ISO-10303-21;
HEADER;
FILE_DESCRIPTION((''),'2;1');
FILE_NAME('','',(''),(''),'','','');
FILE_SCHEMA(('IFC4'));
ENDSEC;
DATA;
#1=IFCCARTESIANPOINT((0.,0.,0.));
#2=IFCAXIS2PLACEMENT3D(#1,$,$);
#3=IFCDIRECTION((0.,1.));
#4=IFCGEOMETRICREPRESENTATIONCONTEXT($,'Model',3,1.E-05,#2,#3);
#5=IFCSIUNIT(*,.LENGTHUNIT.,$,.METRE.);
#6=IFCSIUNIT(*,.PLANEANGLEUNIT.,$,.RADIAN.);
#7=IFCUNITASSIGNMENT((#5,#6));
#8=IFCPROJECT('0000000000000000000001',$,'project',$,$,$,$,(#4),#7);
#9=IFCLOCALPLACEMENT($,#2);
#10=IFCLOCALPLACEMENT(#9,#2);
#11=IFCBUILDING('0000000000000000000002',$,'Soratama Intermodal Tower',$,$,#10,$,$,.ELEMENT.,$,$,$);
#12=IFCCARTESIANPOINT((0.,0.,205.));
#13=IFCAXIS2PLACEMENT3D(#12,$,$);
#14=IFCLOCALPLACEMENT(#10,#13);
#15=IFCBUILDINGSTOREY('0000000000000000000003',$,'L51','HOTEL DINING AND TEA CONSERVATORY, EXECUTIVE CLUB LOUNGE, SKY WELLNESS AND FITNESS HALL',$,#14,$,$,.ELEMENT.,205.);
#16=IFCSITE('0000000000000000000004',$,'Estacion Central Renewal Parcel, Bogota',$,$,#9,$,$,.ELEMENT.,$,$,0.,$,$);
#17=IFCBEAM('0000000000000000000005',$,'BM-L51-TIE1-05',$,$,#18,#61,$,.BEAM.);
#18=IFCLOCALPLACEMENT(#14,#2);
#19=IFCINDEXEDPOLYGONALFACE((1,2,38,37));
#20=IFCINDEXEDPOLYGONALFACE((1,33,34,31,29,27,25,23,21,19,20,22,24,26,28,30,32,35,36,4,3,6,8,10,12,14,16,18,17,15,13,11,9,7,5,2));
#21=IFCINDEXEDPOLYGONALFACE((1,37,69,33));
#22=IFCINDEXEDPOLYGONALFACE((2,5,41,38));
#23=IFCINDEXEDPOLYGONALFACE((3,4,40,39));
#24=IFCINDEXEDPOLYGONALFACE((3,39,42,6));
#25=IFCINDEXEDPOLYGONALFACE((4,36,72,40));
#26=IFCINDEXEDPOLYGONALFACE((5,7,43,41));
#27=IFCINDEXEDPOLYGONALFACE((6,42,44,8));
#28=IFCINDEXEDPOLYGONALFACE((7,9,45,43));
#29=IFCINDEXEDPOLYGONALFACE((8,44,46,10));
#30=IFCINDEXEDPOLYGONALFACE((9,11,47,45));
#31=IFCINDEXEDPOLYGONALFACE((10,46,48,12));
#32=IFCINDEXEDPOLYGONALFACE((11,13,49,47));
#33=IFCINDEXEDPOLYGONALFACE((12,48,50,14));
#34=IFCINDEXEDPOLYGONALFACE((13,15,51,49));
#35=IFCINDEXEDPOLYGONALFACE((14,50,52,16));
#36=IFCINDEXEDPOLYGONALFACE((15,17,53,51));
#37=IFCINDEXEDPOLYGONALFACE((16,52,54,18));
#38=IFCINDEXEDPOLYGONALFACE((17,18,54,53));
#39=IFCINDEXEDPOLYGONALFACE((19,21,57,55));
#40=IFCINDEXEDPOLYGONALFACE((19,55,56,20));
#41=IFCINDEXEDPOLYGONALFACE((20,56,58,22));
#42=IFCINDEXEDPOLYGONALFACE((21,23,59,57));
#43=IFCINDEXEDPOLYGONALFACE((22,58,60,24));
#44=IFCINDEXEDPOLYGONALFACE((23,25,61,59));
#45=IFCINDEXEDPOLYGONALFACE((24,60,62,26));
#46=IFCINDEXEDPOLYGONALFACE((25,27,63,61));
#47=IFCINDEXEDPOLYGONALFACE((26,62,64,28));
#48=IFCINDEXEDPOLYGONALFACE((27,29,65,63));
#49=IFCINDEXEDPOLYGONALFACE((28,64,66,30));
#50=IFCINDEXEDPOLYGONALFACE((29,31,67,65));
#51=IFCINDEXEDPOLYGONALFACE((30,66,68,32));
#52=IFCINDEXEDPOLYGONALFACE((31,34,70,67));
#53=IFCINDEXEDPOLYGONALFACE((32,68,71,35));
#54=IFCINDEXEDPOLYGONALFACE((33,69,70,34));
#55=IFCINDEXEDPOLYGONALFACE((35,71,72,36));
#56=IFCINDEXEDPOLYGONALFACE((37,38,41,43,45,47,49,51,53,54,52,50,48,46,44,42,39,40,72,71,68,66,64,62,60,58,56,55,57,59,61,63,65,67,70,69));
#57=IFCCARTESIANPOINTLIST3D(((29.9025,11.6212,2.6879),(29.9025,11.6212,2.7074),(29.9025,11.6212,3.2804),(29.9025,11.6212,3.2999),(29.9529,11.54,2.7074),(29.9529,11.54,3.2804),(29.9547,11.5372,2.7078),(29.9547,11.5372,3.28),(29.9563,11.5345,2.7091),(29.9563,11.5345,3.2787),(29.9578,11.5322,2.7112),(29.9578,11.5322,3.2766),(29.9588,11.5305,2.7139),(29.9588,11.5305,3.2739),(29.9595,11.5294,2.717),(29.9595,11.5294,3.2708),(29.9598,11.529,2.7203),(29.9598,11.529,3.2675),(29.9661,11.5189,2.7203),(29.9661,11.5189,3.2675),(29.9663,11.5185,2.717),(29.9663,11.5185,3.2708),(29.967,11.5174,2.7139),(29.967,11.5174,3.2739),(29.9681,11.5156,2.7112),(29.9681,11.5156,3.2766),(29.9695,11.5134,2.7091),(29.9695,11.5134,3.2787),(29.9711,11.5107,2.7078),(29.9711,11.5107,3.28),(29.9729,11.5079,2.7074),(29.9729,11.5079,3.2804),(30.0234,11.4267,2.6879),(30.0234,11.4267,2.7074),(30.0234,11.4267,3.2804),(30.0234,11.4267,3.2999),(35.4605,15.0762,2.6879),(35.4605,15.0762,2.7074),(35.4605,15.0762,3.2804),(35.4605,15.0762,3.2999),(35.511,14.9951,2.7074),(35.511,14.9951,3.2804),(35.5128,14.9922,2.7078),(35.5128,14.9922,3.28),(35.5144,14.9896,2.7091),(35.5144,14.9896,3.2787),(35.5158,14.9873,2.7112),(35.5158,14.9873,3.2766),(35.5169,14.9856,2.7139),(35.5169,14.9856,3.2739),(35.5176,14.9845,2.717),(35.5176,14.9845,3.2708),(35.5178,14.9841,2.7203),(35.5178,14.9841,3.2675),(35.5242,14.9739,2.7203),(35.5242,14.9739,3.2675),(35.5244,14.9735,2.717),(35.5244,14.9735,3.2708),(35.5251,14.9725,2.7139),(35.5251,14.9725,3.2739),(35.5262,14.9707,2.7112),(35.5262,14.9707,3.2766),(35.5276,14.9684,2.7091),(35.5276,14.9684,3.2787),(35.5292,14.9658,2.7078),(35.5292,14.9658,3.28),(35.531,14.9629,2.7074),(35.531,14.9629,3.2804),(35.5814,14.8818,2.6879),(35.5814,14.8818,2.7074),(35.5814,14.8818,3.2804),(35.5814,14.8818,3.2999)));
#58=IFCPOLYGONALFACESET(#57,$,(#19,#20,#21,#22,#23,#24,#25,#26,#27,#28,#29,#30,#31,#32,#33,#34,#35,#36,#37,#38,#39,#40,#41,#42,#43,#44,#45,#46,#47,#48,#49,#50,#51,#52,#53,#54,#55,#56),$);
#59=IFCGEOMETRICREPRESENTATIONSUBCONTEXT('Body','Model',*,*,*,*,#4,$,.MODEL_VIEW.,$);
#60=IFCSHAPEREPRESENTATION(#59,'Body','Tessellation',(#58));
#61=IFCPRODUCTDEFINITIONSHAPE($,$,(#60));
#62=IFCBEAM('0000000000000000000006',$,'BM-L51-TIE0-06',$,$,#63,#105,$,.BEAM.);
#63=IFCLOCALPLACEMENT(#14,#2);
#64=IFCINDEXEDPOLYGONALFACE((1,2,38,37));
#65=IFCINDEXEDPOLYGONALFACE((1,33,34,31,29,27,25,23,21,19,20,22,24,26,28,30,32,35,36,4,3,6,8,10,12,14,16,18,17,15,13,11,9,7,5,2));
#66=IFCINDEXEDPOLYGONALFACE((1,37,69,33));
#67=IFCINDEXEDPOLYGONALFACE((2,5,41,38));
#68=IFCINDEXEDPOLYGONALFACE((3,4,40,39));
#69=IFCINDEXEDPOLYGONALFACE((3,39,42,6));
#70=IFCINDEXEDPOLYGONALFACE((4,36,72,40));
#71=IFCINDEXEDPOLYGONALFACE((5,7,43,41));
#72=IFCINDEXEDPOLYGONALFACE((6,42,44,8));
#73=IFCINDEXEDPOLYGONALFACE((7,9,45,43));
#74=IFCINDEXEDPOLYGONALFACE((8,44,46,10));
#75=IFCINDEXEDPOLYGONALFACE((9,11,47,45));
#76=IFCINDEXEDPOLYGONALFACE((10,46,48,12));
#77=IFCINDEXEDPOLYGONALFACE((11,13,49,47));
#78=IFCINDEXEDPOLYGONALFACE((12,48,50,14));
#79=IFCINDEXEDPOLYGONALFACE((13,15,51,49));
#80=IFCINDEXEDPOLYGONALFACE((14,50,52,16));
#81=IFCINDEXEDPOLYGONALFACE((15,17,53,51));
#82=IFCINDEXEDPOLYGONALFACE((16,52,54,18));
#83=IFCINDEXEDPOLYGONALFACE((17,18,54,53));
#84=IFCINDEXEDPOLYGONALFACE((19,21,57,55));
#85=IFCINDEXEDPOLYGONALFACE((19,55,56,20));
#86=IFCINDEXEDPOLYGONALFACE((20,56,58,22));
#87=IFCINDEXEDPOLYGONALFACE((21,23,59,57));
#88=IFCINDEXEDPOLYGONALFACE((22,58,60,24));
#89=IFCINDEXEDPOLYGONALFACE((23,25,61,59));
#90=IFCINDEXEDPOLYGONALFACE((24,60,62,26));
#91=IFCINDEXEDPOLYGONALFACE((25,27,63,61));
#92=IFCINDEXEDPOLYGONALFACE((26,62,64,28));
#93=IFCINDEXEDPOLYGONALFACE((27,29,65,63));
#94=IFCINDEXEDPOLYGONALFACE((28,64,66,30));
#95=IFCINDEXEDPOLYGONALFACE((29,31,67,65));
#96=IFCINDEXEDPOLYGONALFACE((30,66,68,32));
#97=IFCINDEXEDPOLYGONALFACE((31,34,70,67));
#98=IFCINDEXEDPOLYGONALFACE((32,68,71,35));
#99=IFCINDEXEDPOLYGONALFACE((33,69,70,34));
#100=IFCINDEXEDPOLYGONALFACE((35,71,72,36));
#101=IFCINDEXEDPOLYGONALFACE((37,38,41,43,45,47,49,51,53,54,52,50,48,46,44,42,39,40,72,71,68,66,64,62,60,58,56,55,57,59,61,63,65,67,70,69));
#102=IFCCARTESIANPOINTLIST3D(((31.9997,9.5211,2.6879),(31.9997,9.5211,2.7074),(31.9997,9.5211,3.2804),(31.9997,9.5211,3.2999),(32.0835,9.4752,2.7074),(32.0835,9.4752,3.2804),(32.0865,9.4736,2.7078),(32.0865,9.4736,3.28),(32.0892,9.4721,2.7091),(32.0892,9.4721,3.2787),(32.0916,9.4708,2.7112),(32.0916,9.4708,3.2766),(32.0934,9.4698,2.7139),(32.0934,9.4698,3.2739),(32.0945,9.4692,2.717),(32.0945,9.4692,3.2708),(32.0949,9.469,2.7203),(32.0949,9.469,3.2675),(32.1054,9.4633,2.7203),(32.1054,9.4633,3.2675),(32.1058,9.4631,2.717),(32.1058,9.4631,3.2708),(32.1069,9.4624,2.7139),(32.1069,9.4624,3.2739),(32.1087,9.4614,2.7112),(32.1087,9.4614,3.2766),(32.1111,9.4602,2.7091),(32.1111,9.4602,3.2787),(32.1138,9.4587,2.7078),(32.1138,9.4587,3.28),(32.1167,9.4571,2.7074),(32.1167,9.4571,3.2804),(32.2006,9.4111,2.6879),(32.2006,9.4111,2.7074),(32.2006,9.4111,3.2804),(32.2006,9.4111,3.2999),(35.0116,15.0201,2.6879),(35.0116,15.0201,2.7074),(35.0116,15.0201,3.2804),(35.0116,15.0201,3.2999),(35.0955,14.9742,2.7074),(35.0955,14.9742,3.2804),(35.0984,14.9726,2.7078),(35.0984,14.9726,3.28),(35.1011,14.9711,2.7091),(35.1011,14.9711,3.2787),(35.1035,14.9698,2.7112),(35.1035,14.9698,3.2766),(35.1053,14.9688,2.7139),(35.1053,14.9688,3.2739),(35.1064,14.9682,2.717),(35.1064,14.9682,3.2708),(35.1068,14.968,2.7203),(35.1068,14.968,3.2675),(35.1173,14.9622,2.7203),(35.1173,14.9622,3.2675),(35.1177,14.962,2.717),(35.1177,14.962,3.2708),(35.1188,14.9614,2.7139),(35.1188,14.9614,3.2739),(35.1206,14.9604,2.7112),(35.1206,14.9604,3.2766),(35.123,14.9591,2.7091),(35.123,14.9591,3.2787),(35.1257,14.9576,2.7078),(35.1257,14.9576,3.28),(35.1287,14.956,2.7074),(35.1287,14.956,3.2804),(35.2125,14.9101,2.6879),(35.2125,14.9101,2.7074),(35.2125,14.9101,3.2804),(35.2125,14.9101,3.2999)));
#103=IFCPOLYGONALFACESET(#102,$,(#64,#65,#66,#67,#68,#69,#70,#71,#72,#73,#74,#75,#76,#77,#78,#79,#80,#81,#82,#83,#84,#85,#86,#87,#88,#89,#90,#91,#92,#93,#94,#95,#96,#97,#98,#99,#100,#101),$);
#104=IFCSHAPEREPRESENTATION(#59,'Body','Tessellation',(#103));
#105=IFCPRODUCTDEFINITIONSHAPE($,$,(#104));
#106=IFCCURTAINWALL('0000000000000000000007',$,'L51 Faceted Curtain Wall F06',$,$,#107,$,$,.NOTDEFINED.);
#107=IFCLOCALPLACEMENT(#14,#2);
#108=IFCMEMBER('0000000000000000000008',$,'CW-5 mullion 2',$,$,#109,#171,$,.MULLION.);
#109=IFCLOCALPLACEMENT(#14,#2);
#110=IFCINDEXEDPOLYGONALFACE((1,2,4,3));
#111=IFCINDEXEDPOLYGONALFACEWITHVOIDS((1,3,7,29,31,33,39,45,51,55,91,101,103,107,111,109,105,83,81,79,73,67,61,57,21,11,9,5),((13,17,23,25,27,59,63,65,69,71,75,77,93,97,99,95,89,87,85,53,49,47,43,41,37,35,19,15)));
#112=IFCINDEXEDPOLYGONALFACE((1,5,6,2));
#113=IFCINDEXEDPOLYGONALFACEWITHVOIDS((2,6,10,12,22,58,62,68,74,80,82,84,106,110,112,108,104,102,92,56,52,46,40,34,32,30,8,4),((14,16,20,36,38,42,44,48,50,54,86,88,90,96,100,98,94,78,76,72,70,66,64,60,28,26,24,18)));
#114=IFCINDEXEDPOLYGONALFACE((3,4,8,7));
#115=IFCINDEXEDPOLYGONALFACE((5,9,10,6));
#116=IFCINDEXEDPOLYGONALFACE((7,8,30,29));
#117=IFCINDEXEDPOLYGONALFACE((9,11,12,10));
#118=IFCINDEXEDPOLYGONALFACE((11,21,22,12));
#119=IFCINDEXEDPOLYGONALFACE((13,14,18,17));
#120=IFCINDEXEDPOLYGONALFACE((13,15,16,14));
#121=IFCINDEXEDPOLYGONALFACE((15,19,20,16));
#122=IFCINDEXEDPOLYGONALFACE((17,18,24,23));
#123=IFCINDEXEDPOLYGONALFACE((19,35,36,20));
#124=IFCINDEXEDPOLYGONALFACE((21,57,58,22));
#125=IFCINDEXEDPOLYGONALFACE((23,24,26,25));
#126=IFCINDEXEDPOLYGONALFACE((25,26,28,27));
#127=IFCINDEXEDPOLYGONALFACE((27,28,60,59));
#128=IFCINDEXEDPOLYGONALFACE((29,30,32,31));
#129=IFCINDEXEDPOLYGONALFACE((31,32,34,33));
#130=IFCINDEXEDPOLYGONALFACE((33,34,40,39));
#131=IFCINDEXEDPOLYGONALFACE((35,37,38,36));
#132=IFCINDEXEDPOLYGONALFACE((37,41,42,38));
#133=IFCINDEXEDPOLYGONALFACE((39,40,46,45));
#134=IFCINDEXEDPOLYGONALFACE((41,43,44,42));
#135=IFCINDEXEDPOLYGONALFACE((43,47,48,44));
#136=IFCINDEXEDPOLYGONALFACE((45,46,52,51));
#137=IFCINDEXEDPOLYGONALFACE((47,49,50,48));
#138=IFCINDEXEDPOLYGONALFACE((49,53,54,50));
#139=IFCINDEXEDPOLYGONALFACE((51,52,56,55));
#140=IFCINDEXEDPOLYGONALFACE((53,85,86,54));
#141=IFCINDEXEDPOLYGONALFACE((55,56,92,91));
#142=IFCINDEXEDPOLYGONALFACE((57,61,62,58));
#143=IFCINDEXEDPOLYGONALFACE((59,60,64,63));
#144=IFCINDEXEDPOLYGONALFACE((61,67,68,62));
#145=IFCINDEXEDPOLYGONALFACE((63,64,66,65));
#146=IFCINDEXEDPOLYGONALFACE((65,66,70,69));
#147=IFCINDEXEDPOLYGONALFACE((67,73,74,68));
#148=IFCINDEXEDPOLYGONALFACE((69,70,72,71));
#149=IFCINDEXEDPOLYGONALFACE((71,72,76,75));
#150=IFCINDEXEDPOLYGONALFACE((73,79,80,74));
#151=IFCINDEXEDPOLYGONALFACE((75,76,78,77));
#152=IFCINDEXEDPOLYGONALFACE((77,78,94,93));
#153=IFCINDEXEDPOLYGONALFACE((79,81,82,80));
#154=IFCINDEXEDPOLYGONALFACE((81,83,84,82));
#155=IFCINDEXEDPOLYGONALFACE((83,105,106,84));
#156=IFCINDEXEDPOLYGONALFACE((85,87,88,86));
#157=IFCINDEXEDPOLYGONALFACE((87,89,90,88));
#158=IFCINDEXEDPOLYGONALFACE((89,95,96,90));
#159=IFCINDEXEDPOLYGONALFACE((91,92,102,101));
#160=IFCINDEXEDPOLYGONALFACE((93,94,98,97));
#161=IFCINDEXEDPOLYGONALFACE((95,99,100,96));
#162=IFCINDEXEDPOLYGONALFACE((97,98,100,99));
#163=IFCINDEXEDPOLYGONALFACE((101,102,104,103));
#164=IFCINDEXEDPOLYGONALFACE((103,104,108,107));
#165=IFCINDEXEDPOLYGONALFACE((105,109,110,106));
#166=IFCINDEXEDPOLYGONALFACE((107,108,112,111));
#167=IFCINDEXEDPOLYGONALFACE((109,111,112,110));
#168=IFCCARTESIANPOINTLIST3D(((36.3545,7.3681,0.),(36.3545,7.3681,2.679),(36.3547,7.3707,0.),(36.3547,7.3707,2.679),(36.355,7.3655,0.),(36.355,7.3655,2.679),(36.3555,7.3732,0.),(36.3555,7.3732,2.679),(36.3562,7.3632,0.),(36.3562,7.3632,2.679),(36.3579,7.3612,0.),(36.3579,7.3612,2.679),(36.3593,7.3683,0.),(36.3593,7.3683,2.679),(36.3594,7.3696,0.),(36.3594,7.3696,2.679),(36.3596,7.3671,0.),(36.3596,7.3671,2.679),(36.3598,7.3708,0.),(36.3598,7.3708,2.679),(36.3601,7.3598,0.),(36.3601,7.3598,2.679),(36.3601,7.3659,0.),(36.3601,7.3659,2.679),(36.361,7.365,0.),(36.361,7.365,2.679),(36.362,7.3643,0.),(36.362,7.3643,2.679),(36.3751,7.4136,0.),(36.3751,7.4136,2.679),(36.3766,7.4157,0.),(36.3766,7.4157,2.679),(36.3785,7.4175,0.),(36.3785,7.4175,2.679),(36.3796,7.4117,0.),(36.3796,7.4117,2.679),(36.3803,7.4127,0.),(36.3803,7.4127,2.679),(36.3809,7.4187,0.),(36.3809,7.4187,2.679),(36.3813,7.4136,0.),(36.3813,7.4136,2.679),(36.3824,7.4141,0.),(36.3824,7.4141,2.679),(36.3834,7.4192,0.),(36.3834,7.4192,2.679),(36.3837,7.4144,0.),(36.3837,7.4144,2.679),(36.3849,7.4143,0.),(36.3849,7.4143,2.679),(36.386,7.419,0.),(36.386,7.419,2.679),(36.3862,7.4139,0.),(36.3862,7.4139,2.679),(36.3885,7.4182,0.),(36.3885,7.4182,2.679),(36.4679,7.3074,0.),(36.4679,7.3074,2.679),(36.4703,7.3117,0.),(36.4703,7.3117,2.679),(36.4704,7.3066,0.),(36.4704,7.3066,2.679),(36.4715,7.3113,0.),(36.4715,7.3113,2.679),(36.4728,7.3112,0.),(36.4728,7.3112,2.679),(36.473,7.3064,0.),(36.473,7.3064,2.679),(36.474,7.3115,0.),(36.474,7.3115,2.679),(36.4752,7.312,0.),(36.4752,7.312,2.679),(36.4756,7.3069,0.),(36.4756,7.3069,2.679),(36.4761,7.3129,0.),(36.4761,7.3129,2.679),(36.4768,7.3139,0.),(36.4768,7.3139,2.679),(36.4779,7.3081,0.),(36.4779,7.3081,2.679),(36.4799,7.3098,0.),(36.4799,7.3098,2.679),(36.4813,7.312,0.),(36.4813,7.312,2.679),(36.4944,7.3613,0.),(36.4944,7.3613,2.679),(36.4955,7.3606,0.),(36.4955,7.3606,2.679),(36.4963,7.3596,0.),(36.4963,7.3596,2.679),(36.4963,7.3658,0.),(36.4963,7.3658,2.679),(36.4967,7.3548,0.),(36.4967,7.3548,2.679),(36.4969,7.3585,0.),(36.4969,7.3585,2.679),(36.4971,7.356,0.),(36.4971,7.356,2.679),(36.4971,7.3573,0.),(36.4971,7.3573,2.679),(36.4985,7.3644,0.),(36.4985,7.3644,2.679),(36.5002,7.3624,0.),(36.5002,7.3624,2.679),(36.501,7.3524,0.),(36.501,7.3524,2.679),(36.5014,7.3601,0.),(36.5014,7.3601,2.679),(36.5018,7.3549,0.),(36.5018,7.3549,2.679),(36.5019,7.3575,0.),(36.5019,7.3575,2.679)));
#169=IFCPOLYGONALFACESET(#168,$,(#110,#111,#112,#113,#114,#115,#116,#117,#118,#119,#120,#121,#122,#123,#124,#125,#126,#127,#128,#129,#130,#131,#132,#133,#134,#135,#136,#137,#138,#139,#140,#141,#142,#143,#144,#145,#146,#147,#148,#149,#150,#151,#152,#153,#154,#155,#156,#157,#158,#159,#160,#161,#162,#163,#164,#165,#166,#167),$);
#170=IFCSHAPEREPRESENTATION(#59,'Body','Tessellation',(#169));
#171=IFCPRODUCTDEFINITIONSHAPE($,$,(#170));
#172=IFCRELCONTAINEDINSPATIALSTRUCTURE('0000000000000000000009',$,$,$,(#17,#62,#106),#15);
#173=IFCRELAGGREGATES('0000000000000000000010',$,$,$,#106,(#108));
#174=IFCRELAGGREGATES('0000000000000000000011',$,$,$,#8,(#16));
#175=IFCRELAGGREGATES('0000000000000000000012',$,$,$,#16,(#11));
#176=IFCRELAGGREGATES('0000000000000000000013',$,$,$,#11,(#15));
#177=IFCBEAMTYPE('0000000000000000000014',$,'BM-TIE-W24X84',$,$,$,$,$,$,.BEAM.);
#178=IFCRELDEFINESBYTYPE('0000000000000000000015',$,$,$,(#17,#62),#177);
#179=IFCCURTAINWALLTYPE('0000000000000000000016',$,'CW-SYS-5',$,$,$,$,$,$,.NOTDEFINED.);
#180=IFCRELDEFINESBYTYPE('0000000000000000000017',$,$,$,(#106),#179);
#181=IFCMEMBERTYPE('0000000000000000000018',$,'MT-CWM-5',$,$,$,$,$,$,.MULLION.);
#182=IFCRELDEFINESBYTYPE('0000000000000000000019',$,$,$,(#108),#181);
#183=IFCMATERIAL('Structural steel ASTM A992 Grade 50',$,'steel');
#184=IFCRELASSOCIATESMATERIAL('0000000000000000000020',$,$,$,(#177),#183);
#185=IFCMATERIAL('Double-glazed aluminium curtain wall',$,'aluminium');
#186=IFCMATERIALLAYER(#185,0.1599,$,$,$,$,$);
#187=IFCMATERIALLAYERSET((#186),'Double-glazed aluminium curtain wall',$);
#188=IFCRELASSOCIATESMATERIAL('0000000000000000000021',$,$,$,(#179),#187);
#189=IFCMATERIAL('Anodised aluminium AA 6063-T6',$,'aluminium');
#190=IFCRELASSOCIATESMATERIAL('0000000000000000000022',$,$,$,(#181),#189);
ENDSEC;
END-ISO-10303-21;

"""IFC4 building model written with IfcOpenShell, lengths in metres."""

from ifc_helpers import new_model, si_unit, direction, frame, origin, origin_2d, place, context, subcontext, project, spatial, hollow_rectangle, i_section, extrude, material, layer, layer_set, material_profile, profile_set, type_object, element, aggregate, save


model = new_model("IFC4")

# Units and contexts
model_context = context("Model", 3, precision=1e-05, world=origin(), true_north=direction((0.0, 1.0)))
body_context = subcontext(model_context, "Body", "Model", "MODEL_VIEW")
ifc_project = project(units=[si_unit("LENGTHUNIT", "METRE"), si_unit("PLANEANGLEUNIT", "RADIAN")], contexts=[model_context])

# Site, building, storey
site_placement = place(None, origin())
site = spatial("IfcSite", under=ifc_project, at=site_placement, Name="Estacion Central Renewal Parcel, Bogota", CompositionType="ELEMENT", RefElevation=0.0)
building_placement = place(site_placement, origin())
building = spatial("IfcBuilding", under=site, at=building_placement, Name="Soratama Intermodal Tower", CompositionType="ELEMENT")
storey_placement = place(building_placement, frame((0.0, 0.0, 205.0)))
storey = spatial("IfcBuildingStorey", under=building, at=storey_placement, Name="L51", Description="HOTEL DINING AND TEA CONSERVATORY, EXECUTIVE CLUB LOUNGE, SKY WELLNESS AND FITNESS HALL", CompositionType="ELEMENT", Elevation=205.0)

# Beams
ifc_material_1 = material(Name="Structural steel ASTM A992 Grade 50", Category="steel")
ifc_material_profile_1 = material_profile(ifc_material_1, i_section(OverallWidth=0.229, OverallDepth=0.6121, WebThickness=0.012, FlangeThickness=0.0195, FilletRadius=0.0129, at=origin_2d()), Name="W24X84")
ifc_profile_set_1 = profile_set([ifc_material_profile_1], Name="Structural steel ASTM A992 Grade 50")
beam_type_1 = type_object("IfcBeamType", Name="BM-TIE-W24X84", PredefinedType="BEAM", material=ifc_profile_set_1)
beam_1_placement = place(storey_placement, frame((35.521, 14.979, 2.9939), z_axis=(-0.849283, -0.527938, 0.0), x_axis=(0.527938, -0.849283, 0.0)))
element("IfcBeam", 1, at=beam_1_placement, inside=storey, type_object=beam_type_1, Name="BM-L51-TIE1-05", PredefinedType="BEAM", context=body_context, shape_type="SweptSolid", body=[
    extrude(i_section(OverallWidth=0.229, OverallDepth=0.6121, WebThickness=0.012, FlangeThickness=0.0195, FilletRadius=0.0129, at=origin_2d()), origin(), (0.0, 0.0, 1.0), 6.5444),
])
beam_2_placement = place(storey_placement, frame((35.1121, 14.9651, 2.9939), z_axis=(-0.480387, -0.877056, 0.0), x_axis=(0.877056, -0.480387, 0.0)))
element("IfcBeam", 2, at=beam_2_placement, inside=storey, type_object=beam_type_1, Name="BM-L51-TIE0-06", PredefinedType="BEAM", context=body_context, shape_type="SweptSolid", body=[
    extrude(i_section(OverallWidth=0.229, OverallDepth=0.6121, WebThickness=0.012, FlangeThickness=0.0195, FilletRadius=0.0129, at=origin_2d()), origin(), (0.0, 0.0, 1.0), 6.2698),
])

# Curtain wall, member
ifc_material_2 = material(Name="Double-glazed aluminium curtain wall", Category="aluminium")
ifc_layer_1 = layer(ifc_material_2, 0.1599)
ifc_layer_set_1 = layer_set([ifc_layer_1], Name="Double-glazed aluminium curtain wall")
curtain_wall_type = type_object("IfcCurtainWallType", Name="CW-SYS-5", PredefinedType="NOTDEFINED", material=ifc_layer_set_1)
curtain_wall_placement = place(storey_placement, origin())
curtain_wall = element("IfcCurtainWall", 3, at=curtain_wall_placement, inside=storey, type_object=curtain_wall_type, Name="L51 Faceted Curtain Wall F06", PredefinedType="NOTDEFINED")
ifc_material_3 = material(Name="Anodised aluminium AA 6063-T6", Category="aluminium")
ifc_material_profile_2 = material_profile(ifc_material_3, hollow_rectangle(XDim=0.0649, YDim=0.1399, WallThickness=0.0049, InnerFilletRadius=0.0049, OuterFilletRadius=0.01, at=origin_2d()), Name="CWM140X65X5")
ifc_profile_set_2 = profile_set([ifc_material_profile_2], Name="Anodised aluminium AA 6063-T6")
member_type_1 = type_object("IfcMemberType", Name="MT-CWM-5", PredefinedType="MULLION", material=ifc_profile_set_2)
member_1_placement = place(storey_placement, frame((36.4282, 7.3628, 0.0), z_axis=(0.0, 0.0, 1.0), x_axis=(0.437111, 0.899408, 0.0)))
member_1 = element("IfcMember", 4, at=member_1_placement, type_object=member_type_1, Name="CW-5 mullion 2", PredefinedType="MULLION", context=body_context, shape_type="SweptSolid", body=[
    extrude(hollow_rectangle(XDim=0.0649, YDim=0.1399, WallThickness=0.0049, InnerFilletRadius=0.0049, OuterFilletRadius=0.01, at=origin_2d()), origin(), (0.0, 0.0, 1.0), 2.679),
])
aggregate(curtain_wall, [member_1])

save(model, "model.ifc")
